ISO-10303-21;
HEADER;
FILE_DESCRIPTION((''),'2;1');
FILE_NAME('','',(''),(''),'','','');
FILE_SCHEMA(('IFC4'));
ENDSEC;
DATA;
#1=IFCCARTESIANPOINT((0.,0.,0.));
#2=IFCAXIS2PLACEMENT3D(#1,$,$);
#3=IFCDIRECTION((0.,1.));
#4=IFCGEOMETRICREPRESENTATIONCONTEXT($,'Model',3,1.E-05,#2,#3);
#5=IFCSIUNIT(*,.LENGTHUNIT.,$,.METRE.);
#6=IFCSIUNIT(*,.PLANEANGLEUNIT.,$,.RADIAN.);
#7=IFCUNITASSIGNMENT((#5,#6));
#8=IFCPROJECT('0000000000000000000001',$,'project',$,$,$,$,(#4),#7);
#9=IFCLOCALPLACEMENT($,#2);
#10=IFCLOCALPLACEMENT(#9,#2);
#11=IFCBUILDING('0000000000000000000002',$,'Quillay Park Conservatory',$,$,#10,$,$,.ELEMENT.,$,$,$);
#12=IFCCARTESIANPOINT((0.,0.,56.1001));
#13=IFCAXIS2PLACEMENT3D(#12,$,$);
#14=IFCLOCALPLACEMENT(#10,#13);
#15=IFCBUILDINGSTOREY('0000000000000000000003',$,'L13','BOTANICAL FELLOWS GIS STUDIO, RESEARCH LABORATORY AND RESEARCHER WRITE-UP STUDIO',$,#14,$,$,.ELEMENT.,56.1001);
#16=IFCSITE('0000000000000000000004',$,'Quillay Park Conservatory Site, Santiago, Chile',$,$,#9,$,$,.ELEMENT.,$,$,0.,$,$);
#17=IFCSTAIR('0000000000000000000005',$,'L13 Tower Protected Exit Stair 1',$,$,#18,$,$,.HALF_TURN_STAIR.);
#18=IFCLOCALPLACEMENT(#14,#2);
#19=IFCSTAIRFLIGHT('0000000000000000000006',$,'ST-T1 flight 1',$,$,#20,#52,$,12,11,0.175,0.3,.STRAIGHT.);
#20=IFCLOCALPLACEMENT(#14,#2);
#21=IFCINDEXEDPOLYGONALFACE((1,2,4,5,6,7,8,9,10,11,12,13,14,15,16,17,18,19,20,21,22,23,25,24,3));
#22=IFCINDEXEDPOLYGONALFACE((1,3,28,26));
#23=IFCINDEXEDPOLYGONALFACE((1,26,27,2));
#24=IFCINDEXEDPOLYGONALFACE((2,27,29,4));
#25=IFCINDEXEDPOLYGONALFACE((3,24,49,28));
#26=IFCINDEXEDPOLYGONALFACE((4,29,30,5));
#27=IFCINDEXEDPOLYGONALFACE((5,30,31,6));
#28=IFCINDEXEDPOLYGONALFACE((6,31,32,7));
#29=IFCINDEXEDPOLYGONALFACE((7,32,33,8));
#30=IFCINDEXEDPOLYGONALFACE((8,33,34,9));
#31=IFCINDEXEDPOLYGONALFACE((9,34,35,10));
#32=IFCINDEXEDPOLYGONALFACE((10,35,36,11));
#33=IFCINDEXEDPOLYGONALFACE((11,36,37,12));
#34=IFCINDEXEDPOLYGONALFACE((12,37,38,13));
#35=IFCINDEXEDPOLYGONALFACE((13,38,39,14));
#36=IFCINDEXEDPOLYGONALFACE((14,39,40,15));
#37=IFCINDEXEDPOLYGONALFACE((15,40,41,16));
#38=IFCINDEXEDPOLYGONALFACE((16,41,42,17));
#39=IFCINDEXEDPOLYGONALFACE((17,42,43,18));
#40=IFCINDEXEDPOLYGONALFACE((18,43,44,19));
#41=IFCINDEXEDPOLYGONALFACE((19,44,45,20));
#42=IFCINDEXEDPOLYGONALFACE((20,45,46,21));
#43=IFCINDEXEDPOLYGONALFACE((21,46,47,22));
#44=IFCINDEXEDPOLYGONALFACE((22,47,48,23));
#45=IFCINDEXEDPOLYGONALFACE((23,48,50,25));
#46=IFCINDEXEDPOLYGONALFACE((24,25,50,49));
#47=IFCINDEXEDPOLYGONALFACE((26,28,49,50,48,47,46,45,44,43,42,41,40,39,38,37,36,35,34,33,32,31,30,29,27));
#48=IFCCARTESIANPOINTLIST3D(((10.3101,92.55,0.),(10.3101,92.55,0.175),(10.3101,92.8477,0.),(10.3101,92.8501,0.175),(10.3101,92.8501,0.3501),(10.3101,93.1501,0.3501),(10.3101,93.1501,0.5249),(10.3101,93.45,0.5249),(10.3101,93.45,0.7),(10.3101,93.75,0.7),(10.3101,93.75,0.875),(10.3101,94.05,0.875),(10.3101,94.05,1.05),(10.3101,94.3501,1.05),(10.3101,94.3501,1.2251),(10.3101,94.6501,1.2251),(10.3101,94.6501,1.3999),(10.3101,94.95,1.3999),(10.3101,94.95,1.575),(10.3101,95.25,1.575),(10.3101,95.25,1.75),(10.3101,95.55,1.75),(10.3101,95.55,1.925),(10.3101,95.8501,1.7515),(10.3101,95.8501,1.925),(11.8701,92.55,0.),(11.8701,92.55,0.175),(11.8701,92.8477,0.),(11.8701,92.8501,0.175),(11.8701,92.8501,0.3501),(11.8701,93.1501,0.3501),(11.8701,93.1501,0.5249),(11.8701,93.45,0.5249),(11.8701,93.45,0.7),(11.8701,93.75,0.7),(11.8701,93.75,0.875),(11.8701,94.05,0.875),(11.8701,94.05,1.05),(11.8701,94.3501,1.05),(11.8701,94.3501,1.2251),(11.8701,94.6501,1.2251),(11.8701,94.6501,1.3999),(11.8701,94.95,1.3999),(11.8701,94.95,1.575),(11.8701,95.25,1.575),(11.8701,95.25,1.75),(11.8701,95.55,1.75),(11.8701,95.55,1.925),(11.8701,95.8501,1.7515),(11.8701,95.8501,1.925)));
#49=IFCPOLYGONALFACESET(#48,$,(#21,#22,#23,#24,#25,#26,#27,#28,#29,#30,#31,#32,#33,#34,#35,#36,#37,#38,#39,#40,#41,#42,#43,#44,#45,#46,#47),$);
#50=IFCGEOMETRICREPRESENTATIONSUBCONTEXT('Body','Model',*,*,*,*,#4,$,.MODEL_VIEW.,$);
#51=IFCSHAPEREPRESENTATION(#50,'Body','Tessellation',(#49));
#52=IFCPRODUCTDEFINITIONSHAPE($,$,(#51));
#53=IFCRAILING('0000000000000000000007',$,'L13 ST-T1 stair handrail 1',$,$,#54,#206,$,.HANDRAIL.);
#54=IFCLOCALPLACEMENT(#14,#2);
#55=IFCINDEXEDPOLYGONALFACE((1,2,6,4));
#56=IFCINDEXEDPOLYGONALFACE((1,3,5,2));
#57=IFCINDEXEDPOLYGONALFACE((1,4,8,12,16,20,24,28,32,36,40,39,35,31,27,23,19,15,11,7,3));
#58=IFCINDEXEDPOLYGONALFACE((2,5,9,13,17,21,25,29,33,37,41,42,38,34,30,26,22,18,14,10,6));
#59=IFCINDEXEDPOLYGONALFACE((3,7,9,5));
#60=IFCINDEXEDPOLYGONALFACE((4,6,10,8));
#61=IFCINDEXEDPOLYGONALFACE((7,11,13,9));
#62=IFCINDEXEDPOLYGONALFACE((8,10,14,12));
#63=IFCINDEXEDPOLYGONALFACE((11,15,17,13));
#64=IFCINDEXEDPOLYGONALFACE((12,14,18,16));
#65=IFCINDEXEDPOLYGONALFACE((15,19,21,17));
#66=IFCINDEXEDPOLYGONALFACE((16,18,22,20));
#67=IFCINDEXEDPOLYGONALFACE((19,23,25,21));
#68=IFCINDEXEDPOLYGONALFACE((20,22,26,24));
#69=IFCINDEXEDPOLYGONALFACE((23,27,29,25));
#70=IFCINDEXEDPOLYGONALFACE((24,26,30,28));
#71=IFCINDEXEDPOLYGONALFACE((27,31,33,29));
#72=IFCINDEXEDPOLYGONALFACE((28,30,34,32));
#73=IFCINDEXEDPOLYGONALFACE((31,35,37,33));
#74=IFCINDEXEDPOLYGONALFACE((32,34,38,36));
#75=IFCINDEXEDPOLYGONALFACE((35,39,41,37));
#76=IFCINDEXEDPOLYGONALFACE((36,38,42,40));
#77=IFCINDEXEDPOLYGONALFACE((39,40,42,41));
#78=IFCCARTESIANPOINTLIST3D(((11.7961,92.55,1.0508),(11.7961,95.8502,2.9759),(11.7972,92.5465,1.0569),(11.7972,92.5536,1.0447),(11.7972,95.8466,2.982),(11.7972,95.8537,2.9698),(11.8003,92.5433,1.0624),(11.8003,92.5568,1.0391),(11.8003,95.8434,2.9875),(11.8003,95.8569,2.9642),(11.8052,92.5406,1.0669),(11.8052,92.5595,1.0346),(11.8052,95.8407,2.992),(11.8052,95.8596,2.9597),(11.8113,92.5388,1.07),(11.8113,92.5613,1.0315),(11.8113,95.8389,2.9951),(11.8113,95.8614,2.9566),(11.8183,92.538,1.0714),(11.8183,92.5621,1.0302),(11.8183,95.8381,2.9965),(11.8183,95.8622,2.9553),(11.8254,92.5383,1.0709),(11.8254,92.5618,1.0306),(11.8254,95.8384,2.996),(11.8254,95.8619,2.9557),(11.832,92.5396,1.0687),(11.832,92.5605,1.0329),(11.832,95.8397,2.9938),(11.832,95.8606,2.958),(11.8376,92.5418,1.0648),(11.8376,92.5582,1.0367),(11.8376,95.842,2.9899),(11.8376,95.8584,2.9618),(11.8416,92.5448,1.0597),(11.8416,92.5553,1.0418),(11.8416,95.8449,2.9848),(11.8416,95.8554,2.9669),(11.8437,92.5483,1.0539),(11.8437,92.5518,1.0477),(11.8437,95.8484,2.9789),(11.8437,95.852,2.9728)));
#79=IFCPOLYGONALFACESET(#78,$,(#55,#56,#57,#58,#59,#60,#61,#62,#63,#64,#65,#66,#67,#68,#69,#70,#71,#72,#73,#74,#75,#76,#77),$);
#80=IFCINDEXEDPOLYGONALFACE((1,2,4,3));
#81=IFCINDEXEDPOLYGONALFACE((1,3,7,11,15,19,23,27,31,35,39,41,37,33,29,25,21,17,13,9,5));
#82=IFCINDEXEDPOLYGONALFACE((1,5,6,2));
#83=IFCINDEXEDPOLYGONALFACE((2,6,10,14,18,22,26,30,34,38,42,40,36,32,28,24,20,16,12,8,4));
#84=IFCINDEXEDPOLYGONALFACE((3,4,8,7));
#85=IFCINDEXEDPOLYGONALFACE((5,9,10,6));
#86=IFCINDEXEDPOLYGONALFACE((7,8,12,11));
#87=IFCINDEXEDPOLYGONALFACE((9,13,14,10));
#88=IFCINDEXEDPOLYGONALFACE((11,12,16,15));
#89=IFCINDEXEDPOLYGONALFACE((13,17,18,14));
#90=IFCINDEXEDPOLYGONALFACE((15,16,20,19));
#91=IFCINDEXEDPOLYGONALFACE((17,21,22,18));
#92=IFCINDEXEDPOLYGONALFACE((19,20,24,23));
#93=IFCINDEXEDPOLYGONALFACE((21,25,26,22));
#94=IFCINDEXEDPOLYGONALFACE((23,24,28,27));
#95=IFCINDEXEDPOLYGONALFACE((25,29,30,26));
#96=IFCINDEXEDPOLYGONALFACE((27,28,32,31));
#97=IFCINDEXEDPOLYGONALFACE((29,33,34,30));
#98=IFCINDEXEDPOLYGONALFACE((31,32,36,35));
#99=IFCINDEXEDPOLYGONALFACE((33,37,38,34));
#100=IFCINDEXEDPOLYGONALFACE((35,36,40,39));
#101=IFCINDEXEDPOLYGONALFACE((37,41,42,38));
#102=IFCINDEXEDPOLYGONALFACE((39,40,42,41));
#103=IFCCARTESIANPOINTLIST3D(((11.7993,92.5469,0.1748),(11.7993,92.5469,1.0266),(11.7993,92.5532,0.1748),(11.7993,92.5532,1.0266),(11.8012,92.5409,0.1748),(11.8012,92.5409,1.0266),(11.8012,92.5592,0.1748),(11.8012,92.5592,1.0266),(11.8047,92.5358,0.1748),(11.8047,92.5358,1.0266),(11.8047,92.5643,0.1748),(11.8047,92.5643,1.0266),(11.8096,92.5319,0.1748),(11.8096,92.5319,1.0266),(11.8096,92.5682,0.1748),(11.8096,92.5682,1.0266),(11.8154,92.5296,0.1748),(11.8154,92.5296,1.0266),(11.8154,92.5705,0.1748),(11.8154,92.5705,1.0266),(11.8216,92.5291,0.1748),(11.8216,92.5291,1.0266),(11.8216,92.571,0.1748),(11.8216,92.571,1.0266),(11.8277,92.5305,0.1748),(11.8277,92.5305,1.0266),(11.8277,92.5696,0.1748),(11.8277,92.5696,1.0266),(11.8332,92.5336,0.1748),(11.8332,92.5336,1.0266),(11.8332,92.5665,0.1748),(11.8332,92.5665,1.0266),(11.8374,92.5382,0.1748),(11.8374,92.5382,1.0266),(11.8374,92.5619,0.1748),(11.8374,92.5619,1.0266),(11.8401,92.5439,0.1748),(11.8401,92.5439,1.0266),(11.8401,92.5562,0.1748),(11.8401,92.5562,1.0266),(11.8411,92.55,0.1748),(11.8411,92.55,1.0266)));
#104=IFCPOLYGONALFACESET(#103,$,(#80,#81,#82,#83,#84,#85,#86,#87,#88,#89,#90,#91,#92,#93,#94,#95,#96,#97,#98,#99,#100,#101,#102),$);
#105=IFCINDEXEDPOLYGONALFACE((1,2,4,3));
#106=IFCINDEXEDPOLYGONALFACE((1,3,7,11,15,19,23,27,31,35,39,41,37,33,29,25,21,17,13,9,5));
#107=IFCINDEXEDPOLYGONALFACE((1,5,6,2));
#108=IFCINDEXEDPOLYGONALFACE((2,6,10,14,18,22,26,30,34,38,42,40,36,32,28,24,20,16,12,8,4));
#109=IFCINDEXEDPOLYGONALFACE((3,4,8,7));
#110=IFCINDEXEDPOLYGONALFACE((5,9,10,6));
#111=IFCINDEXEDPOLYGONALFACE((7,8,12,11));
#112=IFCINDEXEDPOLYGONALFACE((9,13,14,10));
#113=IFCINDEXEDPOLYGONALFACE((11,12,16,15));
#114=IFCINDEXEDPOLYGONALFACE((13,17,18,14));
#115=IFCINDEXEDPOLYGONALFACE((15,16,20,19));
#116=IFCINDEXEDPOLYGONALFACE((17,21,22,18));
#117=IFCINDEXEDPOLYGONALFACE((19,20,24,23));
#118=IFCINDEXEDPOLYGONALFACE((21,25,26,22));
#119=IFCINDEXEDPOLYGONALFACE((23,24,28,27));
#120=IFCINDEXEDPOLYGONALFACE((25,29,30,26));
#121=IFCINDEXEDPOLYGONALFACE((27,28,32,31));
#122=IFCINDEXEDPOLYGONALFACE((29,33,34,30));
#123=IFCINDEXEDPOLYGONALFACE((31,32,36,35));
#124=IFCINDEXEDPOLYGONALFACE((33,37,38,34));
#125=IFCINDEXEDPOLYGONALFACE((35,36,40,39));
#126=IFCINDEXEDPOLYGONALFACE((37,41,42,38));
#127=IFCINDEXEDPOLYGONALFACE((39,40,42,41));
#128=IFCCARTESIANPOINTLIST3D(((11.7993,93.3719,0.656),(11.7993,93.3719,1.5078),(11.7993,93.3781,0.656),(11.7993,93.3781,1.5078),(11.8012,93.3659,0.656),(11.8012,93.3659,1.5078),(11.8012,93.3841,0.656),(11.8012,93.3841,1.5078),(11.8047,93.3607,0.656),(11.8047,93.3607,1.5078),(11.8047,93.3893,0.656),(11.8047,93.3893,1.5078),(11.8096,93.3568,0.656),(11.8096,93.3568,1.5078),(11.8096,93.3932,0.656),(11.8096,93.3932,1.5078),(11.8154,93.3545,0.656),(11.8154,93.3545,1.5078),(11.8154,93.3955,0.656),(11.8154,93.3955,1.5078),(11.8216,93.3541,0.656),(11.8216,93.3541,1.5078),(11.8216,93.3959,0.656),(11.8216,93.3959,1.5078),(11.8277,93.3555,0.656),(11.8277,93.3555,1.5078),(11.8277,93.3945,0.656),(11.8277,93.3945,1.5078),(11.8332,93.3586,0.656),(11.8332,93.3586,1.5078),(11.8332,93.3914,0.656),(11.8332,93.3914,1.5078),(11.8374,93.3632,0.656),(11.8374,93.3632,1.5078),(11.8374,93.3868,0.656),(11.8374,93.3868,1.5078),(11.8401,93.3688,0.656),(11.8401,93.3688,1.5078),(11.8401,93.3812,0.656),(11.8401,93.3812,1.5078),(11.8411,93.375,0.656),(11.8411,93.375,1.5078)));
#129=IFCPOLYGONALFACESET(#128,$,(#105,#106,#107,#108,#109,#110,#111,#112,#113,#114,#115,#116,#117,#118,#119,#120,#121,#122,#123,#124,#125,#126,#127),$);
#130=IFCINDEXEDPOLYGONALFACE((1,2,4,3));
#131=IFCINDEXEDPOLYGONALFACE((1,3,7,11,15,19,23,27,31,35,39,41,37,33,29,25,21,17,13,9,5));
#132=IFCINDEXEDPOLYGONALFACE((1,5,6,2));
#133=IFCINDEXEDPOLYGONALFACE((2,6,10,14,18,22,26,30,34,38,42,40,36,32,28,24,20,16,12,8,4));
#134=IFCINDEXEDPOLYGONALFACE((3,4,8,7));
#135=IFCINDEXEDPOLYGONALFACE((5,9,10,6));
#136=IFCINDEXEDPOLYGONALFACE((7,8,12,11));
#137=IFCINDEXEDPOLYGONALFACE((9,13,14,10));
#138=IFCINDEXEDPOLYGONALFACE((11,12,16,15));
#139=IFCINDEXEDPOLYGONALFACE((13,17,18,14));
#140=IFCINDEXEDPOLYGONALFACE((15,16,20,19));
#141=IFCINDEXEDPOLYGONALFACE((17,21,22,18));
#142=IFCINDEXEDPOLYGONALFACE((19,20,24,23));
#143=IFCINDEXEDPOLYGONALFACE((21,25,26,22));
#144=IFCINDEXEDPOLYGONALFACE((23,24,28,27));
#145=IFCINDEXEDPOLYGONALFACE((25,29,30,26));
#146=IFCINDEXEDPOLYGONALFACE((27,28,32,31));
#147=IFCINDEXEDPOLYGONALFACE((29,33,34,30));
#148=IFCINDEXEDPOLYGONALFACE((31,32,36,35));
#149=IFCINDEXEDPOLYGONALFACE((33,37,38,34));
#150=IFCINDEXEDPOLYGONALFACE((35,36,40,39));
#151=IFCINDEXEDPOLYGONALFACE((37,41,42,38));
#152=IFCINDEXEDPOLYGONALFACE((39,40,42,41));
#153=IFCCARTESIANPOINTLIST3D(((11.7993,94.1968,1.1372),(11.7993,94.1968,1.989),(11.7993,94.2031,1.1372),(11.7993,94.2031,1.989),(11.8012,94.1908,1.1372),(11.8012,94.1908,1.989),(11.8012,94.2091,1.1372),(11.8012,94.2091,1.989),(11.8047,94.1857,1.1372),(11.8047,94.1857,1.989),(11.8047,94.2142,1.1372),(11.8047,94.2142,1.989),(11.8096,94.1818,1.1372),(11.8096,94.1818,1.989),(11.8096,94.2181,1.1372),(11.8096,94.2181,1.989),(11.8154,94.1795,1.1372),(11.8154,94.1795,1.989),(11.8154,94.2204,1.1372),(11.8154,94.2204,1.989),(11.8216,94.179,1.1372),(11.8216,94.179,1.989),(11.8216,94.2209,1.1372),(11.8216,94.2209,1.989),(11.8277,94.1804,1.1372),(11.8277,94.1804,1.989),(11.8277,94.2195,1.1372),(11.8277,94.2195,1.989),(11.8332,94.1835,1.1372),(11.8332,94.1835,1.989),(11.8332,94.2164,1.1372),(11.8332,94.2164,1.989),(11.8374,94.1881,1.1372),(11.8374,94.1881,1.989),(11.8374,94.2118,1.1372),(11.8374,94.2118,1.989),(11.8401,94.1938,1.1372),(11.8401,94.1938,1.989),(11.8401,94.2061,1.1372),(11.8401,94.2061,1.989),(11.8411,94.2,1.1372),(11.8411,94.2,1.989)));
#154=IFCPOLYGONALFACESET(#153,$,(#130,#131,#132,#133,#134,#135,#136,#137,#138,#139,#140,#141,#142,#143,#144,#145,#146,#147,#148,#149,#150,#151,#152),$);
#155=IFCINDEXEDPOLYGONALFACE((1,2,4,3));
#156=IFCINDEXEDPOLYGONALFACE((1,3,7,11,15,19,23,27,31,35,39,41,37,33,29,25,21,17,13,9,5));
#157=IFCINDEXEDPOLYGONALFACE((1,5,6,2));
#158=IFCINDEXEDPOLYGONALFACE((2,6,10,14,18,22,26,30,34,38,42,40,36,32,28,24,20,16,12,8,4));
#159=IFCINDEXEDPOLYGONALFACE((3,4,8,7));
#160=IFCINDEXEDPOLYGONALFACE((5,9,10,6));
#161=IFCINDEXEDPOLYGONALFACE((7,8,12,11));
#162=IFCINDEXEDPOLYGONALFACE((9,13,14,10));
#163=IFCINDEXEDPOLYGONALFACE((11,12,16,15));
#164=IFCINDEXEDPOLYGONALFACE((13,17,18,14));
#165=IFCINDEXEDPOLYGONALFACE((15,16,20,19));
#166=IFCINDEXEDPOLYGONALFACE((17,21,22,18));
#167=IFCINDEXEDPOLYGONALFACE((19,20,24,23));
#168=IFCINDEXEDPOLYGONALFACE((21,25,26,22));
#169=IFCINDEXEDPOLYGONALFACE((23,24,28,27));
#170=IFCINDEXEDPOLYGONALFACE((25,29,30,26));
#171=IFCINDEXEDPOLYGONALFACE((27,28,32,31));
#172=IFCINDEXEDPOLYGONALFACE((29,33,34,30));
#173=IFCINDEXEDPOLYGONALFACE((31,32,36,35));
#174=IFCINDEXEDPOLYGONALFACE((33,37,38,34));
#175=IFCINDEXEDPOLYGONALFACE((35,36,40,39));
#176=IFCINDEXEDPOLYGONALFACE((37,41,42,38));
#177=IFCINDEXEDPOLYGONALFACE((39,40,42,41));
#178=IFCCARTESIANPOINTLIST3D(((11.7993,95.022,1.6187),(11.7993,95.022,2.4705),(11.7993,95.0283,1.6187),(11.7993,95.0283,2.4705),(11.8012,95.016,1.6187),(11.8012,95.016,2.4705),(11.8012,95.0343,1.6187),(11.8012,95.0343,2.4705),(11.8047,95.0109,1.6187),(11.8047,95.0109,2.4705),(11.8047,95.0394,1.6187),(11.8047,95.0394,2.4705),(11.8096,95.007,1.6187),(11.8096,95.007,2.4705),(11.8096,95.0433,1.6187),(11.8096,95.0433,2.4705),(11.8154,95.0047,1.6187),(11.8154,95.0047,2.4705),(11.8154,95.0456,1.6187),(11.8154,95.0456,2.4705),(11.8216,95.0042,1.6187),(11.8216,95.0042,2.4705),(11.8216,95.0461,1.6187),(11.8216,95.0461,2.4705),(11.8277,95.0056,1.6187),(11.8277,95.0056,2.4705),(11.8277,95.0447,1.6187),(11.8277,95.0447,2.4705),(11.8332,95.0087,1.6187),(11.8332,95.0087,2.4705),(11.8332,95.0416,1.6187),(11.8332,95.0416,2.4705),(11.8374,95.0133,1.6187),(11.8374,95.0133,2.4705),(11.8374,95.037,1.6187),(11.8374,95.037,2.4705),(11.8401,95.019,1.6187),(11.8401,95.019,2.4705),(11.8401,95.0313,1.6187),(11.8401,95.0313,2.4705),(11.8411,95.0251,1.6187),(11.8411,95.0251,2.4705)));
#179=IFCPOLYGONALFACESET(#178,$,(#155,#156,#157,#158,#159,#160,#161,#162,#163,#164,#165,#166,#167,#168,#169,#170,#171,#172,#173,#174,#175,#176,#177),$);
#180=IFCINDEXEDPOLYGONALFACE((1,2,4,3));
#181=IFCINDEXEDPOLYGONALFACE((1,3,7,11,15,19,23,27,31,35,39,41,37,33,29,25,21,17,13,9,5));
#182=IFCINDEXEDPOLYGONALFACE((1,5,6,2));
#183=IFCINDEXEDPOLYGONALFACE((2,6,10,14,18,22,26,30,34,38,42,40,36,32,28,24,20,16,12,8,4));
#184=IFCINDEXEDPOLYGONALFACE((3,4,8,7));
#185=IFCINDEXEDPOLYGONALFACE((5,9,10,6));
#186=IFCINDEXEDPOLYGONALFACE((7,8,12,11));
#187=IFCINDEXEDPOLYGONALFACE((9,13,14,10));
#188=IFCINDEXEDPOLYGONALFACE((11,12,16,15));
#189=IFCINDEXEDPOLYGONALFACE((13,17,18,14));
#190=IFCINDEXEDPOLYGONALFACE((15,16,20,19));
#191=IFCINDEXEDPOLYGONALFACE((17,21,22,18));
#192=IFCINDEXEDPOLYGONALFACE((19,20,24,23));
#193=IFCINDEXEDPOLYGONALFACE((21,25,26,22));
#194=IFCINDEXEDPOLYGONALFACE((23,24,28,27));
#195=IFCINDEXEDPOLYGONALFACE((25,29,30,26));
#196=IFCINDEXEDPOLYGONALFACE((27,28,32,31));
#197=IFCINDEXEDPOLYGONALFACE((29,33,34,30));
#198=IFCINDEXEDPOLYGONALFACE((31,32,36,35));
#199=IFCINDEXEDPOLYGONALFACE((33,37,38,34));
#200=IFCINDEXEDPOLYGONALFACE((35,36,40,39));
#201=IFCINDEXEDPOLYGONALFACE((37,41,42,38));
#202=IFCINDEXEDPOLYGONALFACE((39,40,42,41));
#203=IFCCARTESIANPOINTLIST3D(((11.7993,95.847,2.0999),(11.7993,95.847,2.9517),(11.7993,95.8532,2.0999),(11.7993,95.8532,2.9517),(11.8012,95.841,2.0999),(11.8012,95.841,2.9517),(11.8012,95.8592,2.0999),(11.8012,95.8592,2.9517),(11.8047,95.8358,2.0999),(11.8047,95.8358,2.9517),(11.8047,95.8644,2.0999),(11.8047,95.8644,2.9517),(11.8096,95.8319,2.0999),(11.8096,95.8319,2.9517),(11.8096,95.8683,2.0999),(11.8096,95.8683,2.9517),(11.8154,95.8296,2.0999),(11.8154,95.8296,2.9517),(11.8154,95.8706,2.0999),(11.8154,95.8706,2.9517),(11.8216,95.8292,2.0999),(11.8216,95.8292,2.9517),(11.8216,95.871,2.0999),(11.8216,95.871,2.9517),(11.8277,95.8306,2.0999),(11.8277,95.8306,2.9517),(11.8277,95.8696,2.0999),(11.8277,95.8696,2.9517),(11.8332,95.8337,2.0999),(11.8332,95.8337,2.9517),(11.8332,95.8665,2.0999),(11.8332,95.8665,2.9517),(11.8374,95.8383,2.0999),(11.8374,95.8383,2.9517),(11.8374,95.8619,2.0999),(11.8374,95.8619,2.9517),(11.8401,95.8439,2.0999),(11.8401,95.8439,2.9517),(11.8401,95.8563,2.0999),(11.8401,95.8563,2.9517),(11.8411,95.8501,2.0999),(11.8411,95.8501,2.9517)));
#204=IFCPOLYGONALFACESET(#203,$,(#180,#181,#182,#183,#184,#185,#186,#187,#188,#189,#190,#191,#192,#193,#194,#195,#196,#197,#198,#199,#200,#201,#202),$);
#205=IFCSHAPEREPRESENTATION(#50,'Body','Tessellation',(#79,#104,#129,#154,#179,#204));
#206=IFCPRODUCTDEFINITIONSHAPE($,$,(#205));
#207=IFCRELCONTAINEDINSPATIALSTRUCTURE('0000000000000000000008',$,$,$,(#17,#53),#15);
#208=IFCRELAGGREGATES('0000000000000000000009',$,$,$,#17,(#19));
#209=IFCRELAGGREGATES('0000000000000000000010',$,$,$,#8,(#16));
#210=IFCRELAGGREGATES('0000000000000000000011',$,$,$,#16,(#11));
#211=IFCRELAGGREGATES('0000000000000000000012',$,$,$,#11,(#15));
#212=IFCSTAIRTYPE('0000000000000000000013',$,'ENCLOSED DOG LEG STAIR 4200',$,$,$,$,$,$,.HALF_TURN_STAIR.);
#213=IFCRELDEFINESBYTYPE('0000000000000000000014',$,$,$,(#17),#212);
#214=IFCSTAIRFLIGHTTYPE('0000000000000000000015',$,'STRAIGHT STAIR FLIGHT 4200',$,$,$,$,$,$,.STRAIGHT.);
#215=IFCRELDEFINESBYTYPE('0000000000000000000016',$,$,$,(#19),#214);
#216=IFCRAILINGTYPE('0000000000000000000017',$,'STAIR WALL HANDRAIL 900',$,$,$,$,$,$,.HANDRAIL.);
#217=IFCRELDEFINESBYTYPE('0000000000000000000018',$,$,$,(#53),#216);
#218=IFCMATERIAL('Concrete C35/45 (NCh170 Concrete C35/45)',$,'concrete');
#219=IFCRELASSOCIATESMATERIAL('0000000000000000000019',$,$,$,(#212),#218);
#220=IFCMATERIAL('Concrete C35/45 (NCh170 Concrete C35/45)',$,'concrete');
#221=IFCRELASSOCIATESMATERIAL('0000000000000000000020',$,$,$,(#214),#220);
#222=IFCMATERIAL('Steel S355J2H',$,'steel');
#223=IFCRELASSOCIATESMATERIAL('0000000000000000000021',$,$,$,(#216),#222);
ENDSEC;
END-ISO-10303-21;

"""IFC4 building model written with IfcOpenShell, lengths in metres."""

from ifc_helpers import new_model, si_unit, direction, frame, origin, origin_2d, place, context, subcontext, project, spatial, polyline, circle, outline, extrude, material, type_object, element, aggregate, save


model = new_model("IFC4")

# Units and contexts
model_context = context("Model", 3, precision=1e-05, world=origin(), true_north=direction((0.0, 1.0)))
body_context = subcontext(model_context, "Body", "Model", "MODEL_VIEW")
ifc_project = project(units=[si_unit("LENGTHUNIT", "METRE"), si_unit("PLANEANGLEUNIT", "RADIAN")], contexts=[model_context])

# Site, building, storey
site_placement = place(None, origin())
site = spatial("IfcSite", under=ifc_project, at=site_placement, Name="Quillay Park Conservatory Site, Santiago, Chile", CompositionType="ELEMENT", RefElevation=0.0)
building_placement = place(site_placement, origin())
building = spatial("IfcBuilding", under=site, at=building_placement, Name="Quillay Park Conservatory", CompositionType="ELEMENT")
storey_placement = place(building_placement, frame((0.0, 0.0, 56.1001)))
storey = spatial("IfcBuildingStorey", under=building, at=storey_placement, Name="L13", Description="BOTANICAL FELLOWS GIS STUDIO, RESEARCH LABORATORY AND RESEARCHER WRITE-UP STUDIO", CompositionType="ELEMENT", Elevation=56.1001)

# Stair, stair flight
ifc_material_1 = material(Name="Concrete C35/45 (NCh170 Concrete C35/45)", Category="concrete")
stair_type = type_object("IfcStairType", Name="ENCLOSED DOG LEG STAIR 4200", PredefinedType="HALF_TURN_STAIR", material=ifc_material_1)
stair_placement = place(storey_placement, origin())
stair = element("IfcStair", 1, at=stair_placement, inside=storey, type_object=stair_type, Name="L13 Tower Protected Exit Stair 1", PredefinedType="HALF_TURN_STAIR")
ifc_material_2 = material(Name="Concrete C35/45 (NCh170 Concrete C35/45)", Category="concrete")
stair_flight_type = type_object("IfcStairFlightType", Name="STRAIGHT STAIR FLIGHT 4200", PredefinedType="STRAIGHT", material=ifc_material_2)
stair_flight_placement = place(storey_placement, frame((11.0901, 92.55, 0.0), z_axis=(0.0, 0.0, 1.0), x_axis=(0.0, 1.0, 0.0)))
stair_flight = element("IfcStairFlight", 2, at=stair_flight_placement, type_object=stair_flight_type, Name="ST-T1 flight 1", NumberOfRisers=12, NumberOfTreads=11, PredefinedType="STRAIGHT", RiserHeight=0.175, TreadLength=0.3, context=body_context, shape_type="SweptSolid", body=[
    extrude(outline(polyline([(0.0, 0.0), (0.0, 0.175), (0.3, 0.175), (0.3, 0.3501), (0.6001, 0.3501), (0.6001, 0.5249), (0.8999, 0.5249), (0.8999, 0.7), (1.2, 0.7), (1.2, 0.875), (1.5, 0.875), (1.5, 1.05), (1.8, 1.05), (1.8, 1.2251), (2.1001, 1.2251), (2.1001, 1.3999), (2.3999, 1.3999), (2.3999, 1.575), (2.7, 1.575), (2.7, 1.75), (3.0, 1.75), (3.0, 1.925), (3.3, 1.925), (3.3, 2.1001), (3.3, 1.7515), (0.2976, 0.0), (0.0, 0.0)])), frame((0.0, 0.78, 0.0), z_axis=(0.0, -1.0, 0.0), x_axis=(1.0, 0.0, 0.0)), (0.0, 0.0, 1.0), 1.5601),
])
aggregate(stair, [stair_flight])

# Railing
ifc_material_3 = material(Name="Steel S355J2H", Category="steel")
railing_type_1 = type_object("IfcRailingType", Name="STAIR WALL HANDRAIL 900", PredefinedType="HANDRAIL", material=ifc_material_3)
railing_1_placement = place(storey_placement, frame((11.8201, 92.55, 0.1748)))
element("IfcRailing", 3, at=railing_1_placement, inside=storey, type_object=railing_type_1, Name="L13 ST-T1 stair handrail 1", PredefinedType="HANDRAIL", context=body_context, shape_type="SweptSolid", body=[
    extrude(circle(Radius=0.0239, at=origin_2d()), frame((0.0, 0.0, 0.876), z_axis=(0.0, 0.863777, 0.503875), x_axis=(-1.0, 0.0, 0.0)), (0.0, 0.0, 1.0), 3.8206),
    extrude(circle(Radius=0.021, at=origin_2d()), origin(), (0.0, 0.0, 1.0), 0.8518),
    extrude(circle(Radius=0.021, at=origin_2d()), frame((0.0, 0.825, 0.4812)), (0.0, 0.0, 1.0), 0.8518),
    extrude(circle(Radius=0.021, at=origin_2d()), frame((0.0, 1.6499, 0.9624)), (0.0, 0.0, 1.0), 0.8518),
    extrude(circle(Radius=0.021, at=origin_2d()), frame((0.0, 2.4751, 1.4438)), (0.0, 0.0, 1.0), 0.8518),
    extrude(circle(Radius=0.021, at=origin_2d()), frame((0.0, 3.3, 1.925)), (0.0, 0.0, 1.0), 0.8518),
])

save(model, "model.ifc")
